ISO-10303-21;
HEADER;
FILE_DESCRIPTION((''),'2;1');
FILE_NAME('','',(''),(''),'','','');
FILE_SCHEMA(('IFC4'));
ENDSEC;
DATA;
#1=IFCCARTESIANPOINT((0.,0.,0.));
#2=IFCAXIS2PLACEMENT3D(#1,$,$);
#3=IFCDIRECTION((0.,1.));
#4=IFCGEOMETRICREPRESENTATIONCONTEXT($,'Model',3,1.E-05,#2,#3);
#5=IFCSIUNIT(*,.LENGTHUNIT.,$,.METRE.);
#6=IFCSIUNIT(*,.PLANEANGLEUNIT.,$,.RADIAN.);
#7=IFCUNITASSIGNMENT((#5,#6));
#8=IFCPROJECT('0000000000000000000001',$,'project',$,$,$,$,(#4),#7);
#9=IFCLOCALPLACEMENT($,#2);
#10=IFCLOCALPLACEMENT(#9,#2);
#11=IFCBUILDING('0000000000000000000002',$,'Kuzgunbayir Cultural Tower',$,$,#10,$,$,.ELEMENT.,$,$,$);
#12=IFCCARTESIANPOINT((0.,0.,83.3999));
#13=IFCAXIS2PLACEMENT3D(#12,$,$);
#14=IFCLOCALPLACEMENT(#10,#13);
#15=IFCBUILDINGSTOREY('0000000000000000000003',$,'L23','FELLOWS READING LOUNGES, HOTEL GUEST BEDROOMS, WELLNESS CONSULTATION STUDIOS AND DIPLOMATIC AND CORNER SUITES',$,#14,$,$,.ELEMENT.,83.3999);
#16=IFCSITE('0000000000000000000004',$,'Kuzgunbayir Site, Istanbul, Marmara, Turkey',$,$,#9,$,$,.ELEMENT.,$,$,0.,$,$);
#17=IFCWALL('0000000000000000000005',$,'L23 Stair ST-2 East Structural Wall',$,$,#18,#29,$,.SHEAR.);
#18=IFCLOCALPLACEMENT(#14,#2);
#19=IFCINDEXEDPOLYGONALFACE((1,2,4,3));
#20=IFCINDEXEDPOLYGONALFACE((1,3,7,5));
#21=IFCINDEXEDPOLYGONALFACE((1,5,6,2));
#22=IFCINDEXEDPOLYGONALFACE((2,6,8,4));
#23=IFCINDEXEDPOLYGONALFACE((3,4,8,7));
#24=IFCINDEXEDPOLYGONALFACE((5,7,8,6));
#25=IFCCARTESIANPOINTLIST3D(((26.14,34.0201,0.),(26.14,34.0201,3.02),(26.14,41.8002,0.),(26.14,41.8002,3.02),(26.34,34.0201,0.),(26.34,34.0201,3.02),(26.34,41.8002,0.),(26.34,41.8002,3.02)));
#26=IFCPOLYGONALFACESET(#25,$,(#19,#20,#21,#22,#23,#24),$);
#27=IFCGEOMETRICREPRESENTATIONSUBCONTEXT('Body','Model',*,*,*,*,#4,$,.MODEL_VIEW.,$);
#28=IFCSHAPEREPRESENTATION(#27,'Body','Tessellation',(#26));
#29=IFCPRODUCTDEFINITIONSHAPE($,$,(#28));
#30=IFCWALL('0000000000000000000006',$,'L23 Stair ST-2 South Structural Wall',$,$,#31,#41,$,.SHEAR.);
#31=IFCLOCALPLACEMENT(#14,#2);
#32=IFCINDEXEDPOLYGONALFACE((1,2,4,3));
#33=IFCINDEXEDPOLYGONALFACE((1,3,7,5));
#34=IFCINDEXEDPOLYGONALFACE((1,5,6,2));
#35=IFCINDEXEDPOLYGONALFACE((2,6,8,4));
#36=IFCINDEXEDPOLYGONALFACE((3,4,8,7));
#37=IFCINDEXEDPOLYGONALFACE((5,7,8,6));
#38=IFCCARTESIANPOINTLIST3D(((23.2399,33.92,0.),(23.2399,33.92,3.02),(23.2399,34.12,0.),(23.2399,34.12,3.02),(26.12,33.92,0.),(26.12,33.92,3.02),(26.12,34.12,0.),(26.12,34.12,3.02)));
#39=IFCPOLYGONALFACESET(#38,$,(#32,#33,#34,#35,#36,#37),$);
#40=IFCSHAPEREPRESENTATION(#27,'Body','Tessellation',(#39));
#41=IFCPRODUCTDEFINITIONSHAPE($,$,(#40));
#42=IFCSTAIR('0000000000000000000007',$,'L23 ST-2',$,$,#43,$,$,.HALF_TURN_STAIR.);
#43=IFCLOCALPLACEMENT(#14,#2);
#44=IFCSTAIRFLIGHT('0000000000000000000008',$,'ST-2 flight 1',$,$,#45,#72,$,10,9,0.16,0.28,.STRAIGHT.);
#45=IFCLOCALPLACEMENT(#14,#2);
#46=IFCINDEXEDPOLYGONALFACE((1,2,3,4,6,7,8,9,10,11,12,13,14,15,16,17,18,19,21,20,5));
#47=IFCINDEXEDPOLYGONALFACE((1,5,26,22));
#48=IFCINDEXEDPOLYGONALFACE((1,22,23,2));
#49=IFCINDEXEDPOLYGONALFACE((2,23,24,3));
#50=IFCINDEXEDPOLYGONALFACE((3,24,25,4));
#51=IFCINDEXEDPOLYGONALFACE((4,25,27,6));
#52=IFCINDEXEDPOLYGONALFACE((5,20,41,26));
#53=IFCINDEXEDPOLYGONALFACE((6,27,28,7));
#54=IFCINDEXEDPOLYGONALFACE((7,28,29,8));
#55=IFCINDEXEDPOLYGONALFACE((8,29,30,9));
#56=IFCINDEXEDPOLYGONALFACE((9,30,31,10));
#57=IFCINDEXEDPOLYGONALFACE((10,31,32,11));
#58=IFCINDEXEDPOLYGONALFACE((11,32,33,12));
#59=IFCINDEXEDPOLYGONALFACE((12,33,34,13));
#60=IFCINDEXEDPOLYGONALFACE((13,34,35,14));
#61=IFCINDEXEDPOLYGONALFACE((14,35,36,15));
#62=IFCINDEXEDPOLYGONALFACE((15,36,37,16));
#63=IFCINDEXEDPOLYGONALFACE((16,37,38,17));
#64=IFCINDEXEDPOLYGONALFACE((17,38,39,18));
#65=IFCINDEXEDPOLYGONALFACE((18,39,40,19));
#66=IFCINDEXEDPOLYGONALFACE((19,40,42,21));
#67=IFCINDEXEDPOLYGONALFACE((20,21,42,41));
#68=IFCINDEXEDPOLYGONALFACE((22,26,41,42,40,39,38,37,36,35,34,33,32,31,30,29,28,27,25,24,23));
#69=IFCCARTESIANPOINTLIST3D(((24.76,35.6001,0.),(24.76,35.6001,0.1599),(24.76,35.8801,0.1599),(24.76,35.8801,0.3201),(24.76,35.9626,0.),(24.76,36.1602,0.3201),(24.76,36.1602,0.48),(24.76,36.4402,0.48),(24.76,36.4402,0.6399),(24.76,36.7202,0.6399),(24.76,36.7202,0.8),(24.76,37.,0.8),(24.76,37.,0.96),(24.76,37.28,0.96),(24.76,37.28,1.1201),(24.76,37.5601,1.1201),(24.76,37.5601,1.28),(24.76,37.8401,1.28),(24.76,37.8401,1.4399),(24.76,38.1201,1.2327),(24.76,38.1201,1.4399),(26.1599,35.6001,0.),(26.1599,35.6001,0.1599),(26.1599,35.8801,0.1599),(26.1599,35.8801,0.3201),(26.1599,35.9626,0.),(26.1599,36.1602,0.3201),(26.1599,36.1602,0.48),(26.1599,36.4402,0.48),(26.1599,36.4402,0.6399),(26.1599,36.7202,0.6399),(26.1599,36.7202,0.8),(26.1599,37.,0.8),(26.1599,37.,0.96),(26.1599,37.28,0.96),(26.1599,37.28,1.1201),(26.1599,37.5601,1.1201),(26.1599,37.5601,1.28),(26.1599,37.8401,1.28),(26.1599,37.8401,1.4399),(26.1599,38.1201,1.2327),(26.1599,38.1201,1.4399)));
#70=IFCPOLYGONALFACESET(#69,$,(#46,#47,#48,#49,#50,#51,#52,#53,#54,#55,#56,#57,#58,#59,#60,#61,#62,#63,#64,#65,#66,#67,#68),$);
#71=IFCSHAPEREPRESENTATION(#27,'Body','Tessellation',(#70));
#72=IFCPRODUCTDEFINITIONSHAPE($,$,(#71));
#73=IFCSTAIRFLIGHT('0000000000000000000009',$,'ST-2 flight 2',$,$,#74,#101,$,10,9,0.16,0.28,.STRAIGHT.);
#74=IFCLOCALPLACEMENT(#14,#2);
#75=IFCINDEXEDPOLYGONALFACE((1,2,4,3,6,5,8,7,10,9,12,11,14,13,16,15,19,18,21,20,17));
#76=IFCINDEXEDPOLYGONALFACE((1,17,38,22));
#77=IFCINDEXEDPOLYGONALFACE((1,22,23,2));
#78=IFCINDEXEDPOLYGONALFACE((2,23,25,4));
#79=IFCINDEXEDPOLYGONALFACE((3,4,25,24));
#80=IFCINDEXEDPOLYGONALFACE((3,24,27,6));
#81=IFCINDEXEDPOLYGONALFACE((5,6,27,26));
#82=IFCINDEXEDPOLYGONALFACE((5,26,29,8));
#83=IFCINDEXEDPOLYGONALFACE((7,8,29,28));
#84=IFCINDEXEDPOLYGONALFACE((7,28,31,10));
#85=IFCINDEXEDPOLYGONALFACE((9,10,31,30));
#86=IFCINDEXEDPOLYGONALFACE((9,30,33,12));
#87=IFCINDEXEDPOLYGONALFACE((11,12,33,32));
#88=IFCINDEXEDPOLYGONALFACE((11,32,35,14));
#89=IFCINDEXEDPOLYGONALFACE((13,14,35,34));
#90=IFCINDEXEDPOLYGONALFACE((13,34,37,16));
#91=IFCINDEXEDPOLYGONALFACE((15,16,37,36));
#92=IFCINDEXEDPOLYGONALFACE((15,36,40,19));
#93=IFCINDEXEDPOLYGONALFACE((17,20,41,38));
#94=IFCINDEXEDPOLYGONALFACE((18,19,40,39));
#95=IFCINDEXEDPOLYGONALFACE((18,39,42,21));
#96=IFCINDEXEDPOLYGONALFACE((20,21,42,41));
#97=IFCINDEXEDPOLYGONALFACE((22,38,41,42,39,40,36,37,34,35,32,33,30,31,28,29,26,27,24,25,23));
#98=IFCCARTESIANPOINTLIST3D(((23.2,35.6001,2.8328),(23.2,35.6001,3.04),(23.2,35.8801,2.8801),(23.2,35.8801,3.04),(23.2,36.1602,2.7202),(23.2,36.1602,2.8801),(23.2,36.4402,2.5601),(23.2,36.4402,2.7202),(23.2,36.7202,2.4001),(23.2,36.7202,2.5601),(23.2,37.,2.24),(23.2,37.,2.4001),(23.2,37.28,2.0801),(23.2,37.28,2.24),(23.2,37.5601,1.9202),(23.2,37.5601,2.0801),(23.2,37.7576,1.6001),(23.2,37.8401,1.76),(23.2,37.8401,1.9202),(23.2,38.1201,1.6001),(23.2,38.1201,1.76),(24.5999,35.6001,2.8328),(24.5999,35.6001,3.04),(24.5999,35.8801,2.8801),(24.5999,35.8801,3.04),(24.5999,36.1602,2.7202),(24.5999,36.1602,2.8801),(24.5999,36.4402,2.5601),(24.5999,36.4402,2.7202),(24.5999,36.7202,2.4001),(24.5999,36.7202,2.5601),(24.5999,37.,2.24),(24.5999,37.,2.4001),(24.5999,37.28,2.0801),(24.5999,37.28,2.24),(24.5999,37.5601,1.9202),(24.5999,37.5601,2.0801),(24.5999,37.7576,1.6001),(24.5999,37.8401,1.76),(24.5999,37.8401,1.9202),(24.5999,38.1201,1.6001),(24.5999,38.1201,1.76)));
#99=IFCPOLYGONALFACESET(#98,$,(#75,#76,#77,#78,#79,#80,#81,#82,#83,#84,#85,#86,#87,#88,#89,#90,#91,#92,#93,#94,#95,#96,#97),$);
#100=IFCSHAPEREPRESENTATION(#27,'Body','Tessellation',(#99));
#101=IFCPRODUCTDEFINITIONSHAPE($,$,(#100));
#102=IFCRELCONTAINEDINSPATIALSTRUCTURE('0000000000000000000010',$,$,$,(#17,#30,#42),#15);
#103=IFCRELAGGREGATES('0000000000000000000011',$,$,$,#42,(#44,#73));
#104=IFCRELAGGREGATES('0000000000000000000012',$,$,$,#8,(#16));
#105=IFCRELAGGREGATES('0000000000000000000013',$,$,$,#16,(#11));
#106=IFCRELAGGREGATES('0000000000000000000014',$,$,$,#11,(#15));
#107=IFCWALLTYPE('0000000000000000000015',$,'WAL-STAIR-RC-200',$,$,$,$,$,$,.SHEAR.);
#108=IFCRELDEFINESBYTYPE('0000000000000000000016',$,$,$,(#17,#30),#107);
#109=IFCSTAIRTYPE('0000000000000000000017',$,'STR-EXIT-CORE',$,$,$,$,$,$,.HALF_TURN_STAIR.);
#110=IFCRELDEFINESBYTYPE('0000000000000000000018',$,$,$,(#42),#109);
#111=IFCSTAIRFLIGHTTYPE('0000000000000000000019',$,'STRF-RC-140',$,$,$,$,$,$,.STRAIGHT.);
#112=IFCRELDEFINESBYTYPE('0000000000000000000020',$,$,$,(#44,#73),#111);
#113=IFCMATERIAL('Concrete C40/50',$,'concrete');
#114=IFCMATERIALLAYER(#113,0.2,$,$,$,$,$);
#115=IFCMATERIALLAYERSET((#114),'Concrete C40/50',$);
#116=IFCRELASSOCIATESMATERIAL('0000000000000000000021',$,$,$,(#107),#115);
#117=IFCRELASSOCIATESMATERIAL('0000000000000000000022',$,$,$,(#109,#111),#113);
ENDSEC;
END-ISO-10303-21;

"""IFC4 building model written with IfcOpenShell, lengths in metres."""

from ifc_helpers import new_model, si_unit, direction, frame, frame_2d, origin, place, context, subcontext, project, spatial, polyline, rectangle, outline, extrude, material, layer, layer_set, type_object, element, aggregate, save


model = new_model("IFC4")

# Units and contexts
model_context = context("Model", 3, precision=1e-05, world=origin(), true_north=direction((0.0, 1.0)))
body_context = subcontext(model_context, "Body", "Model", "MODEL_VIEW")
ifc_project = project(units=[si_unit("LENGTHUNIT", "METRE"), si_unit("PLANEANGLEUNIT", "RADIAN")], contexts=[model_context])

# Site, building, storey
site_placement = place(None, origin())
site = spatial("IfcSite", under=ifc_project, at=site_placement, Name="Kuzgunbayir Site, Istanbul, Marmara, Turkey", CompositionType="ELEMENT", RefElevation=0.0)
building_placement = place(site_placement, origin())
building = spatial("IfcBuilding", under=site, at=building_placement, Name="Kuzgunbayir Cultural Tower", CompositionType="ELEMENT")
storey_placement = place(building_placement, frame((0.0, 0.0, 83.3999)))
storey = spatial("IfcBuildingStorey", under=building, at=storey_placement, Name="L23", Description="FELLOWS READING LOUNGES, HOTEL GUEST BEDROOMS, WELLNESS CONSULTATION STUDIOS AND DIPLOMATIC AND CORNER SUITES", CompositionType="ELEMENT", Elevation=83.3999)

# Shared definitions
ifc_material_1 = material(Name="Concrete C40/50", Category="concrete")

# Shared definitions
ifc_layer_1 = layer(ifc_material_1, 0.2)
ifc_layer_set_1 = layer_set([ifc_layer_1], Name="Concrete C40/50")
wall_type_1 = type_object("IfcWallType", Name="WAL-STAIR-RC-200", PredefinedType="SHEAR", material=ifc_layer_set_1)

# Walls
wall_1_placement = place(storey_placement, frame((26.24, 34.02, 0.0), z_axis=(0.0, 0.0, 1.0), x_axis=(0.0, 1.0, 0.0)))
element("IfcWall", 1, at=wall_1_placement, inside=storey, type_object=wall_type_1, Name="L23 Stair ST-2 East Structural Wall", PredefinedType="SHEAR", context=body_context, shape_type="SweptSolid", body=[
    extrude(rectangle(XDim=7.78, YDim=0.2, at=frame_2d((3.8901, 0.0))), origin(), (0.0, 0.0, 1.0), 3.02),
])
wall_2_placement = place(storey_placement, frame((23.24, 34.02, 0.0), z_axis=(0.0, 0.0, 1.0), x_axis=(1.0, 0.0, 0.0)))
element("IfcWall", 2, at=wall_2_placement, inside=storey, type_object=wall_type_1, Name="L23 Stair ST-2 South Structural Wall", PredefinedType="SHEAR", context=body_context, shape_type="SweptSolid", body=[
    extrude(rectangle(XDim=2.8801, YDim=0.2, at=frame_2d((1.4399, 0.0))), origin(), (0.0, 0.0, 1.0), 3.02),
])

# Stair, stair flights
stair_type = type_object("IfcStairType", Name="STR-EXIT-CORE", PredefinedType="HALF_TURN_STAIR", material=ifc_material_1)
stair_placement = place(storey_placement, origin())
stair = element("IfcStair", 3, at=stair_placement, inside=storey, type_object=stair_type, Name="L23 ST-2", PredefinedType="HALF_TURN_STAIR")
stair_flight_type = type_object("IfcStairFlightType", Name="STRF-RC-140", PredefinedType="STRAIGHT", material=ifc_material_1)
stair_flight_1_placement = place(storey_placement, frame((25.46, 35.6001, 0.0), z_axis=(0.0, 0.0, 1.0), x_axis=(0.0, 1.0, 0.0)))
stair_flight_1 = element("IfcStairFlight", 4, at=stair_flight_1_placement, type_object=stair_flight_type, Name="ST-2 flight 1", NumberOfRisers=10, NumberOfTreads=9, PredefinedType="STRAIGHT", RiserHeight=0.16, TreadLength=0.28, context=body_context, shape_type="SweptSolid", body=[
    extrude(outline(polyline([(0.0, 0.0), (0.0, 0.1599), (0.28, 0.1599), (0.28, 0.3201), (0.5601, 0.3201), (0.5601, 0.48), (0.8401, 0.48), (0.8401, 0.6399), (1.1201, 0.6399), (1.1201, 0.8), (1.3999, 0.8), (1.3999, 0.96), (1.6799, 0.96), (1.6799, 1.1201), (1.96, 1.1201), (1.96, 1.28), (2.24, 1.28), (2.24, 1.4399), (2.52, 1.4399), (2.52, 1.6001), (2.52, 1.2327), (0.3625, 0.0), (0.0, 0.0)])), frame((0.0, 0.7, 0.0), z_axis=(0.0, -1.0, 0.0), x_axis=(1.0, 0.0, 0.0)), (0.0, 0.0, 1.0), 1.3999),
])
stair_flight_2_placement = place(storey_placement, frame((23.8999, 38.1201, 1.6001), z_axis=(0.0, 0.0, 1.0), x_axis=(0.0, -1.0, 0.0)))
stair_flight_2 = element("IfcStairFlight", 5, at=stair_flight_2_placement, type_object=stair_flight_type, Name="ST-2 flight 2", NumberOfRisers=10, NumberOfTreads=9, PredefinedType="STRAIGHT", RiserHeight=0.16, TreadLength=0.28, context=body_context, shape_type="SweptSolid", body=[
    extrude(outline(polyline([(0.0, 0.0), (0.0, 0.1599), (0.28, 0.1599), (0.28, 0.3201), (0.5601, 0.3201), (0.5601, 0.48), (0.8401, 0.48), (0.8401, 0.6399), (1.1201, 0.6399), (1.1201, 0.8), (1.3999, 0.8), (1.3999, 0.96), (1.6799, 0.96), (1.6799, 1.1201), (1.96, 1.1201), (1.96, 1.28), (2.24, 1.28), (2.24, 1.4399), (2.52, 1.4399), (2.52, 1.6001), (2.52, 1.2327), (0.3625, 0.0), (0.0, 0.0)])), frame((0.0, 0.7, 0.0), z_axis=(0.0, -1.0, 0.0), x_axis=(1.0, 0.0, 0.0)), (0.0, 0.0, 1.0), 1.3999),
])
aggregate(stair, [stair_flight_1, stair_flight_2])

save(model, "model.ifc")
